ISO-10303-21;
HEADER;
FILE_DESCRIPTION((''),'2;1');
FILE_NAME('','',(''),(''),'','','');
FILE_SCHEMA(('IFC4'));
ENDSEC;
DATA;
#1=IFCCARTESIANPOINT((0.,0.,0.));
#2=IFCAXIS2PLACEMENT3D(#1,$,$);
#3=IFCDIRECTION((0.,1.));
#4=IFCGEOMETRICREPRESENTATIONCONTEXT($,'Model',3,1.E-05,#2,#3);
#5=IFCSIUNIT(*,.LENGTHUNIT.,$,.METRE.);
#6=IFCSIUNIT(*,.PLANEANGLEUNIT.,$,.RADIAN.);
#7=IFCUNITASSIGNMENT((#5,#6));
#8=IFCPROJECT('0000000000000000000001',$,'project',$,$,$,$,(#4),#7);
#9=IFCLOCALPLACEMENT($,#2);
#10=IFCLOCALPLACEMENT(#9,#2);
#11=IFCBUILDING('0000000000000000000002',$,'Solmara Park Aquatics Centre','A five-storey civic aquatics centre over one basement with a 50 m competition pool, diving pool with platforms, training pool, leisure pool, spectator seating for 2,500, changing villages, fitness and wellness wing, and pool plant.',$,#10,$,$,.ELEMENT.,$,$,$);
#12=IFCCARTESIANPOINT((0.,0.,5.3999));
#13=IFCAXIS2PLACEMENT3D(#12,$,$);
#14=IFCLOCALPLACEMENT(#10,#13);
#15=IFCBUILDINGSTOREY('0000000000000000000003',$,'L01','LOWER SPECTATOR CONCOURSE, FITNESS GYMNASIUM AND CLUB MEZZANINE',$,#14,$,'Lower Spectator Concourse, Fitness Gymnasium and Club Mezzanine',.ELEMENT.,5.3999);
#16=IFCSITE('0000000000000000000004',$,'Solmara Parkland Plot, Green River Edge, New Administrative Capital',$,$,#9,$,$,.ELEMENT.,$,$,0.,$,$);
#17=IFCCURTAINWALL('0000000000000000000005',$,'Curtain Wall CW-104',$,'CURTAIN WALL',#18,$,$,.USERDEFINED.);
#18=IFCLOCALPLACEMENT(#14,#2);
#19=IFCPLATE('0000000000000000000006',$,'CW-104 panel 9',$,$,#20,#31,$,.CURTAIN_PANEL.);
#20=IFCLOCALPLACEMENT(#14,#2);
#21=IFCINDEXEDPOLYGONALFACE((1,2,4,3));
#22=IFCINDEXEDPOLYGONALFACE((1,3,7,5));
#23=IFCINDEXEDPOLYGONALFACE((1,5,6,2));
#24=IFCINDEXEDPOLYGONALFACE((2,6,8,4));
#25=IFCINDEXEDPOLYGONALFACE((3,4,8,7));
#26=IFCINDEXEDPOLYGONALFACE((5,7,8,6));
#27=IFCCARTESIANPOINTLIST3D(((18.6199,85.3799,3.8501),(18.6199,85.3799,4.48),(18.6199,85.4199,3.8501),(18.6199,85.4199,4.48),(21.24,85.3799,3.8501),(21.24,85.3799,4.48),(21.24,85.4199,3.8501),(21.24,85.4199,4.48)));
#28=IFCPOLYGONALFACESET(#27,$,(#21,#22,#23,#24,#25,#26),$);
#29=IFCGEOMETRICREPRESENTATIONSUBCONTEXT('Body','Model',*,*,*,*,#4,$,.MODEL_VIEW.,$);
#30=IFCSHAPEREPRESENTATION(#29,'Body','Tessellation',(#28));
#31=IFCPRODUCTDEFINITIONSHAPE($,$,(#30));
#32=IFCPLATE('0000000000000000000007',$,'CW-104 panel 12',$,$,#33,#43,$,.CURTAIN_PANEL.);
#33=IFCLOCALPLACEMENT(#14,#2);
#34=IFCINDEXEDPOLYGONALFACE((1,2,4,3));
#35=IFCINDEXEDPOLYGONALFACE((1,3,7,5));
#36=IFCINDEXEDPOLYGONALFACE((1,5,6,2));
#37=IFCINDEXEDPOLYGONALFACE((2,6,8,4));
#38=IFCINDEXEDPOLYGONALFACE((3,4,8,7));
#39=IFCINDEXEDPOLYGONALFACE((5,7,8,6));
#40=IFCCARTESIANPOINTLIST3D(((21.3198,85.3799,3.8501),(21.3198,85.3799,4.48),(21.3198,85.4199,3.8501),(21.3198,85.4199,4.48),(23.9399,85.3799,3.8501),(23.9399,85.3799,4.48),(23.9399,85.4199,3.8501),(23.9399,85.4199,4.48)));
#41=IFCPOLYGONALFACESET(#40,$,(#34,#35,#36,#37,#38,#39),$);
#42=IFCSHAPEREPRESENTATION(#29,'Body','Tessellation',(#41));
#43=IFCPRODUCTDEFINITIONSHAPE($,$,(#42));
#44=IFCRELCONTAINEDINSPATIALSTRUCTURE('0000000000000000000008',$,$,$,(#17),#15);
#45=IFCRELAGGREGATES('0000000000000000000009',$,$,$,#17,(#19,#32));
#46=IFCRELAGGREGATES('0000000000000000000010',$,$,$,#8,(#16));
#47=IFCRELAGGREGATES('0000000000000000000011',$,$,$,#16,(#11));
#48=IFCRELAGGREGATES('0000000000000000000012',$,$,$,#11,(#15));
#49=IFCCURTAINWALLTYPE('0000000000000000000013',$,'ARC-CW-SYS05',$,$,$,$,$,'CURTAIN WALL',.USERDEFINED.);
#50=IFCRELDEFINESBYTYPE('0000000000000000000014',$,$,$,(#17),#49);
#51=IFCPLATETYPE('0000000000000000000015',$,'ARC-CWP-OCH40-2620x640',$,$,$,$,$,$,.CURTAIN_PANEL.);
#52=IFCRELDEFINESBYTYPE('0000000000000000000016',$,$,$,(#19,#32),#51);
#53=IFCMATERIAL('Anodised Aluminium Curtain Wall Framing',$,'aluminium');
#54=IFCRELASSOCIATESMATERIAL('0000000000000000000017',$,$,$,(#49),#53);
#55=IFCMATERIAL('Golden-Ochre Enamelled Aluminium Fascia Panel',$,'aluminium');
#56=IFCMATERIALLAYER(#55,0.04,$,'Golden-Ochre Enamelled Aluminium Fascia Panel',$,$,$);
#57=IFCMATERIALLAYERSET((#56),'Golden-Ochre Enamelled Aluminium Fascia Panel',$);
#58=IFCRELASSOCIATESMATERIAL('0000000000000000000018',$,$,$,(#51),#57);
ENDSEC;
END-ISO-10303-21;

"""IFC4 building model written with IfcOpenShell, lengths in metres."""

from ifc_helpers import new_model, si_unit, direction, frame, origin, origin_2d, place, context, subcontext, project, spatial, rectangle, extrude, material, layer, layer_set, type_object, element, aggregate, save


model = new_model("IFC4")

# Units and contexts
model_context = context("Model", 3, precision=1e-05, world=origin(), true_north=direction((0.0, 1.0)))
body_context = subcontext(model_context, "Body", "Model", "MODEL_VIEW")
ifc_project = project(units=[si_unit("LENGTHUNIT", "METRE"), si_unit("PLANEANGLEUNIT", "RADIAN")], contexts=[model_context])

# Site, building, storey
site_placement = place(None, origin())
site = spatial("IfcSite", under=ifc_project, at=site_placement, Name="Solmara Parkland Plot, Green River Edge, New Administrative Capital", CompositionType="ELEMENT", RefElevation=0.0)
building_placement = place(site_placement, origin())
building = spatial("IfcBuilding", under=site, at=building_placement, Name="Solmara Park Aquatics Centre", Description="A five-storey civic aquatics centre over one basement with a 50 m competition pool, diving pool with platforms, training pool, leisure pool, spectator seating for 2,500, changing villages, fitness and wellness wing, and pool plant.", CompositionType="ELEMENT")
storey_placement = place(building_placement, frame((0.0, 0.0, 5.3999)))
storey = spatial("IfcBuildingStorey", under=building, at=storey_placement, Name="L01", Description="LOWER SPECTATOR CONCOURSE, FITNESS GYMNASIUM AND CLUB MEZZANINE", LongName="Lower Spectator Concourse, Fitness Gymnasium and Club Mezzanine", CompositionType="ELEMENT", Elevation=5.3999)

# Shared definitions
ifc_material_1 = material(Name="Anodised Aluminium Curtain Wall Framing", Category="aluminium")
curtain_wall_type = type_object("IfcCurtainWallType", Name="ARC-CW-SYS05", ElementType="CURTAIN WALL", PredefinedType="USERDEFINED", material=ifc_material_1)

# Curtain wall
curtain_wall_1_placement = place(storey_placement, origin())
curtain_wall_1 = element("IfcCurtainWall", 1, at=curtain_wall_1_placement, inside=storey, type_object=curtain_wall_type, Name="Curtain Wall CW-104", ObjectType="CURTAIN WALL", PredefinedType="USERDEFINED")

# Plates
ifc_material_2 = material(Name="Golden-Ochre Enamelled Aluminium Fascia Panel", Category="aluminium")
ifc_layer_1 = layer(ifc_material_2, 0.04, Name="Golden-Ochre Enamelled Aluminium Fascia Panel")
ifc_layer_set_1 = layer_set([ifc_layer_1], Name="Golden-Ochre Enamelled Aluminium Fascia Panel")
plate_type_1 = type_object("IfcPlateType", Name="ARC-CWP-OCH40-2620x640", PredefinedType="CURTAIN_PANEL", material=ifc_layer_set_1)
plate_1_placement = place(storey_placement, frame((19.9299, 85.3999, 3.8501), z_axis=(0.0, 0.0, 1.0), x_axis=(1.0, 0.0, 0.0)))
plate_1 = element("IfcPlate", 2, at=plate_1_placement, type_object=plate_type_1, Name="CW-104 panel 9", PredefinedType="CURTAIN_PANEL", context=body_context, shape_type="SweptSolid", body=[
    extrude(rectangle(XDim=2.6201, YDim=0.04, at=origin_2d()), origin(), (0.0, 0.0, 1.0), 0.6299),
])
plate_2_placement = place(storey_placement, frame((22.6299, 85.3999, 3.8501), z_axis=(0.0, 0.0, 1.0), x_axis=(1.0, 0.0, 0.0)))
plate_2 = element("IfcPlate", 3, at=plate_2_placement, type_object=plate_type_1, Name="CW-104 panel 12", PredefinedType="CURTAIN_PANEL", context=body_context, shape_type="SweptSolid", body=[
    extrude(rectangle(XDim=2.6201, YDim=0.04, at=origin_2d()), origin(), (0.0, 0.0, 1.0), 0.6299),
])
aggregate(curtain_wall_1, [plate_1, plate_2])

save(model, "model.ifc")
